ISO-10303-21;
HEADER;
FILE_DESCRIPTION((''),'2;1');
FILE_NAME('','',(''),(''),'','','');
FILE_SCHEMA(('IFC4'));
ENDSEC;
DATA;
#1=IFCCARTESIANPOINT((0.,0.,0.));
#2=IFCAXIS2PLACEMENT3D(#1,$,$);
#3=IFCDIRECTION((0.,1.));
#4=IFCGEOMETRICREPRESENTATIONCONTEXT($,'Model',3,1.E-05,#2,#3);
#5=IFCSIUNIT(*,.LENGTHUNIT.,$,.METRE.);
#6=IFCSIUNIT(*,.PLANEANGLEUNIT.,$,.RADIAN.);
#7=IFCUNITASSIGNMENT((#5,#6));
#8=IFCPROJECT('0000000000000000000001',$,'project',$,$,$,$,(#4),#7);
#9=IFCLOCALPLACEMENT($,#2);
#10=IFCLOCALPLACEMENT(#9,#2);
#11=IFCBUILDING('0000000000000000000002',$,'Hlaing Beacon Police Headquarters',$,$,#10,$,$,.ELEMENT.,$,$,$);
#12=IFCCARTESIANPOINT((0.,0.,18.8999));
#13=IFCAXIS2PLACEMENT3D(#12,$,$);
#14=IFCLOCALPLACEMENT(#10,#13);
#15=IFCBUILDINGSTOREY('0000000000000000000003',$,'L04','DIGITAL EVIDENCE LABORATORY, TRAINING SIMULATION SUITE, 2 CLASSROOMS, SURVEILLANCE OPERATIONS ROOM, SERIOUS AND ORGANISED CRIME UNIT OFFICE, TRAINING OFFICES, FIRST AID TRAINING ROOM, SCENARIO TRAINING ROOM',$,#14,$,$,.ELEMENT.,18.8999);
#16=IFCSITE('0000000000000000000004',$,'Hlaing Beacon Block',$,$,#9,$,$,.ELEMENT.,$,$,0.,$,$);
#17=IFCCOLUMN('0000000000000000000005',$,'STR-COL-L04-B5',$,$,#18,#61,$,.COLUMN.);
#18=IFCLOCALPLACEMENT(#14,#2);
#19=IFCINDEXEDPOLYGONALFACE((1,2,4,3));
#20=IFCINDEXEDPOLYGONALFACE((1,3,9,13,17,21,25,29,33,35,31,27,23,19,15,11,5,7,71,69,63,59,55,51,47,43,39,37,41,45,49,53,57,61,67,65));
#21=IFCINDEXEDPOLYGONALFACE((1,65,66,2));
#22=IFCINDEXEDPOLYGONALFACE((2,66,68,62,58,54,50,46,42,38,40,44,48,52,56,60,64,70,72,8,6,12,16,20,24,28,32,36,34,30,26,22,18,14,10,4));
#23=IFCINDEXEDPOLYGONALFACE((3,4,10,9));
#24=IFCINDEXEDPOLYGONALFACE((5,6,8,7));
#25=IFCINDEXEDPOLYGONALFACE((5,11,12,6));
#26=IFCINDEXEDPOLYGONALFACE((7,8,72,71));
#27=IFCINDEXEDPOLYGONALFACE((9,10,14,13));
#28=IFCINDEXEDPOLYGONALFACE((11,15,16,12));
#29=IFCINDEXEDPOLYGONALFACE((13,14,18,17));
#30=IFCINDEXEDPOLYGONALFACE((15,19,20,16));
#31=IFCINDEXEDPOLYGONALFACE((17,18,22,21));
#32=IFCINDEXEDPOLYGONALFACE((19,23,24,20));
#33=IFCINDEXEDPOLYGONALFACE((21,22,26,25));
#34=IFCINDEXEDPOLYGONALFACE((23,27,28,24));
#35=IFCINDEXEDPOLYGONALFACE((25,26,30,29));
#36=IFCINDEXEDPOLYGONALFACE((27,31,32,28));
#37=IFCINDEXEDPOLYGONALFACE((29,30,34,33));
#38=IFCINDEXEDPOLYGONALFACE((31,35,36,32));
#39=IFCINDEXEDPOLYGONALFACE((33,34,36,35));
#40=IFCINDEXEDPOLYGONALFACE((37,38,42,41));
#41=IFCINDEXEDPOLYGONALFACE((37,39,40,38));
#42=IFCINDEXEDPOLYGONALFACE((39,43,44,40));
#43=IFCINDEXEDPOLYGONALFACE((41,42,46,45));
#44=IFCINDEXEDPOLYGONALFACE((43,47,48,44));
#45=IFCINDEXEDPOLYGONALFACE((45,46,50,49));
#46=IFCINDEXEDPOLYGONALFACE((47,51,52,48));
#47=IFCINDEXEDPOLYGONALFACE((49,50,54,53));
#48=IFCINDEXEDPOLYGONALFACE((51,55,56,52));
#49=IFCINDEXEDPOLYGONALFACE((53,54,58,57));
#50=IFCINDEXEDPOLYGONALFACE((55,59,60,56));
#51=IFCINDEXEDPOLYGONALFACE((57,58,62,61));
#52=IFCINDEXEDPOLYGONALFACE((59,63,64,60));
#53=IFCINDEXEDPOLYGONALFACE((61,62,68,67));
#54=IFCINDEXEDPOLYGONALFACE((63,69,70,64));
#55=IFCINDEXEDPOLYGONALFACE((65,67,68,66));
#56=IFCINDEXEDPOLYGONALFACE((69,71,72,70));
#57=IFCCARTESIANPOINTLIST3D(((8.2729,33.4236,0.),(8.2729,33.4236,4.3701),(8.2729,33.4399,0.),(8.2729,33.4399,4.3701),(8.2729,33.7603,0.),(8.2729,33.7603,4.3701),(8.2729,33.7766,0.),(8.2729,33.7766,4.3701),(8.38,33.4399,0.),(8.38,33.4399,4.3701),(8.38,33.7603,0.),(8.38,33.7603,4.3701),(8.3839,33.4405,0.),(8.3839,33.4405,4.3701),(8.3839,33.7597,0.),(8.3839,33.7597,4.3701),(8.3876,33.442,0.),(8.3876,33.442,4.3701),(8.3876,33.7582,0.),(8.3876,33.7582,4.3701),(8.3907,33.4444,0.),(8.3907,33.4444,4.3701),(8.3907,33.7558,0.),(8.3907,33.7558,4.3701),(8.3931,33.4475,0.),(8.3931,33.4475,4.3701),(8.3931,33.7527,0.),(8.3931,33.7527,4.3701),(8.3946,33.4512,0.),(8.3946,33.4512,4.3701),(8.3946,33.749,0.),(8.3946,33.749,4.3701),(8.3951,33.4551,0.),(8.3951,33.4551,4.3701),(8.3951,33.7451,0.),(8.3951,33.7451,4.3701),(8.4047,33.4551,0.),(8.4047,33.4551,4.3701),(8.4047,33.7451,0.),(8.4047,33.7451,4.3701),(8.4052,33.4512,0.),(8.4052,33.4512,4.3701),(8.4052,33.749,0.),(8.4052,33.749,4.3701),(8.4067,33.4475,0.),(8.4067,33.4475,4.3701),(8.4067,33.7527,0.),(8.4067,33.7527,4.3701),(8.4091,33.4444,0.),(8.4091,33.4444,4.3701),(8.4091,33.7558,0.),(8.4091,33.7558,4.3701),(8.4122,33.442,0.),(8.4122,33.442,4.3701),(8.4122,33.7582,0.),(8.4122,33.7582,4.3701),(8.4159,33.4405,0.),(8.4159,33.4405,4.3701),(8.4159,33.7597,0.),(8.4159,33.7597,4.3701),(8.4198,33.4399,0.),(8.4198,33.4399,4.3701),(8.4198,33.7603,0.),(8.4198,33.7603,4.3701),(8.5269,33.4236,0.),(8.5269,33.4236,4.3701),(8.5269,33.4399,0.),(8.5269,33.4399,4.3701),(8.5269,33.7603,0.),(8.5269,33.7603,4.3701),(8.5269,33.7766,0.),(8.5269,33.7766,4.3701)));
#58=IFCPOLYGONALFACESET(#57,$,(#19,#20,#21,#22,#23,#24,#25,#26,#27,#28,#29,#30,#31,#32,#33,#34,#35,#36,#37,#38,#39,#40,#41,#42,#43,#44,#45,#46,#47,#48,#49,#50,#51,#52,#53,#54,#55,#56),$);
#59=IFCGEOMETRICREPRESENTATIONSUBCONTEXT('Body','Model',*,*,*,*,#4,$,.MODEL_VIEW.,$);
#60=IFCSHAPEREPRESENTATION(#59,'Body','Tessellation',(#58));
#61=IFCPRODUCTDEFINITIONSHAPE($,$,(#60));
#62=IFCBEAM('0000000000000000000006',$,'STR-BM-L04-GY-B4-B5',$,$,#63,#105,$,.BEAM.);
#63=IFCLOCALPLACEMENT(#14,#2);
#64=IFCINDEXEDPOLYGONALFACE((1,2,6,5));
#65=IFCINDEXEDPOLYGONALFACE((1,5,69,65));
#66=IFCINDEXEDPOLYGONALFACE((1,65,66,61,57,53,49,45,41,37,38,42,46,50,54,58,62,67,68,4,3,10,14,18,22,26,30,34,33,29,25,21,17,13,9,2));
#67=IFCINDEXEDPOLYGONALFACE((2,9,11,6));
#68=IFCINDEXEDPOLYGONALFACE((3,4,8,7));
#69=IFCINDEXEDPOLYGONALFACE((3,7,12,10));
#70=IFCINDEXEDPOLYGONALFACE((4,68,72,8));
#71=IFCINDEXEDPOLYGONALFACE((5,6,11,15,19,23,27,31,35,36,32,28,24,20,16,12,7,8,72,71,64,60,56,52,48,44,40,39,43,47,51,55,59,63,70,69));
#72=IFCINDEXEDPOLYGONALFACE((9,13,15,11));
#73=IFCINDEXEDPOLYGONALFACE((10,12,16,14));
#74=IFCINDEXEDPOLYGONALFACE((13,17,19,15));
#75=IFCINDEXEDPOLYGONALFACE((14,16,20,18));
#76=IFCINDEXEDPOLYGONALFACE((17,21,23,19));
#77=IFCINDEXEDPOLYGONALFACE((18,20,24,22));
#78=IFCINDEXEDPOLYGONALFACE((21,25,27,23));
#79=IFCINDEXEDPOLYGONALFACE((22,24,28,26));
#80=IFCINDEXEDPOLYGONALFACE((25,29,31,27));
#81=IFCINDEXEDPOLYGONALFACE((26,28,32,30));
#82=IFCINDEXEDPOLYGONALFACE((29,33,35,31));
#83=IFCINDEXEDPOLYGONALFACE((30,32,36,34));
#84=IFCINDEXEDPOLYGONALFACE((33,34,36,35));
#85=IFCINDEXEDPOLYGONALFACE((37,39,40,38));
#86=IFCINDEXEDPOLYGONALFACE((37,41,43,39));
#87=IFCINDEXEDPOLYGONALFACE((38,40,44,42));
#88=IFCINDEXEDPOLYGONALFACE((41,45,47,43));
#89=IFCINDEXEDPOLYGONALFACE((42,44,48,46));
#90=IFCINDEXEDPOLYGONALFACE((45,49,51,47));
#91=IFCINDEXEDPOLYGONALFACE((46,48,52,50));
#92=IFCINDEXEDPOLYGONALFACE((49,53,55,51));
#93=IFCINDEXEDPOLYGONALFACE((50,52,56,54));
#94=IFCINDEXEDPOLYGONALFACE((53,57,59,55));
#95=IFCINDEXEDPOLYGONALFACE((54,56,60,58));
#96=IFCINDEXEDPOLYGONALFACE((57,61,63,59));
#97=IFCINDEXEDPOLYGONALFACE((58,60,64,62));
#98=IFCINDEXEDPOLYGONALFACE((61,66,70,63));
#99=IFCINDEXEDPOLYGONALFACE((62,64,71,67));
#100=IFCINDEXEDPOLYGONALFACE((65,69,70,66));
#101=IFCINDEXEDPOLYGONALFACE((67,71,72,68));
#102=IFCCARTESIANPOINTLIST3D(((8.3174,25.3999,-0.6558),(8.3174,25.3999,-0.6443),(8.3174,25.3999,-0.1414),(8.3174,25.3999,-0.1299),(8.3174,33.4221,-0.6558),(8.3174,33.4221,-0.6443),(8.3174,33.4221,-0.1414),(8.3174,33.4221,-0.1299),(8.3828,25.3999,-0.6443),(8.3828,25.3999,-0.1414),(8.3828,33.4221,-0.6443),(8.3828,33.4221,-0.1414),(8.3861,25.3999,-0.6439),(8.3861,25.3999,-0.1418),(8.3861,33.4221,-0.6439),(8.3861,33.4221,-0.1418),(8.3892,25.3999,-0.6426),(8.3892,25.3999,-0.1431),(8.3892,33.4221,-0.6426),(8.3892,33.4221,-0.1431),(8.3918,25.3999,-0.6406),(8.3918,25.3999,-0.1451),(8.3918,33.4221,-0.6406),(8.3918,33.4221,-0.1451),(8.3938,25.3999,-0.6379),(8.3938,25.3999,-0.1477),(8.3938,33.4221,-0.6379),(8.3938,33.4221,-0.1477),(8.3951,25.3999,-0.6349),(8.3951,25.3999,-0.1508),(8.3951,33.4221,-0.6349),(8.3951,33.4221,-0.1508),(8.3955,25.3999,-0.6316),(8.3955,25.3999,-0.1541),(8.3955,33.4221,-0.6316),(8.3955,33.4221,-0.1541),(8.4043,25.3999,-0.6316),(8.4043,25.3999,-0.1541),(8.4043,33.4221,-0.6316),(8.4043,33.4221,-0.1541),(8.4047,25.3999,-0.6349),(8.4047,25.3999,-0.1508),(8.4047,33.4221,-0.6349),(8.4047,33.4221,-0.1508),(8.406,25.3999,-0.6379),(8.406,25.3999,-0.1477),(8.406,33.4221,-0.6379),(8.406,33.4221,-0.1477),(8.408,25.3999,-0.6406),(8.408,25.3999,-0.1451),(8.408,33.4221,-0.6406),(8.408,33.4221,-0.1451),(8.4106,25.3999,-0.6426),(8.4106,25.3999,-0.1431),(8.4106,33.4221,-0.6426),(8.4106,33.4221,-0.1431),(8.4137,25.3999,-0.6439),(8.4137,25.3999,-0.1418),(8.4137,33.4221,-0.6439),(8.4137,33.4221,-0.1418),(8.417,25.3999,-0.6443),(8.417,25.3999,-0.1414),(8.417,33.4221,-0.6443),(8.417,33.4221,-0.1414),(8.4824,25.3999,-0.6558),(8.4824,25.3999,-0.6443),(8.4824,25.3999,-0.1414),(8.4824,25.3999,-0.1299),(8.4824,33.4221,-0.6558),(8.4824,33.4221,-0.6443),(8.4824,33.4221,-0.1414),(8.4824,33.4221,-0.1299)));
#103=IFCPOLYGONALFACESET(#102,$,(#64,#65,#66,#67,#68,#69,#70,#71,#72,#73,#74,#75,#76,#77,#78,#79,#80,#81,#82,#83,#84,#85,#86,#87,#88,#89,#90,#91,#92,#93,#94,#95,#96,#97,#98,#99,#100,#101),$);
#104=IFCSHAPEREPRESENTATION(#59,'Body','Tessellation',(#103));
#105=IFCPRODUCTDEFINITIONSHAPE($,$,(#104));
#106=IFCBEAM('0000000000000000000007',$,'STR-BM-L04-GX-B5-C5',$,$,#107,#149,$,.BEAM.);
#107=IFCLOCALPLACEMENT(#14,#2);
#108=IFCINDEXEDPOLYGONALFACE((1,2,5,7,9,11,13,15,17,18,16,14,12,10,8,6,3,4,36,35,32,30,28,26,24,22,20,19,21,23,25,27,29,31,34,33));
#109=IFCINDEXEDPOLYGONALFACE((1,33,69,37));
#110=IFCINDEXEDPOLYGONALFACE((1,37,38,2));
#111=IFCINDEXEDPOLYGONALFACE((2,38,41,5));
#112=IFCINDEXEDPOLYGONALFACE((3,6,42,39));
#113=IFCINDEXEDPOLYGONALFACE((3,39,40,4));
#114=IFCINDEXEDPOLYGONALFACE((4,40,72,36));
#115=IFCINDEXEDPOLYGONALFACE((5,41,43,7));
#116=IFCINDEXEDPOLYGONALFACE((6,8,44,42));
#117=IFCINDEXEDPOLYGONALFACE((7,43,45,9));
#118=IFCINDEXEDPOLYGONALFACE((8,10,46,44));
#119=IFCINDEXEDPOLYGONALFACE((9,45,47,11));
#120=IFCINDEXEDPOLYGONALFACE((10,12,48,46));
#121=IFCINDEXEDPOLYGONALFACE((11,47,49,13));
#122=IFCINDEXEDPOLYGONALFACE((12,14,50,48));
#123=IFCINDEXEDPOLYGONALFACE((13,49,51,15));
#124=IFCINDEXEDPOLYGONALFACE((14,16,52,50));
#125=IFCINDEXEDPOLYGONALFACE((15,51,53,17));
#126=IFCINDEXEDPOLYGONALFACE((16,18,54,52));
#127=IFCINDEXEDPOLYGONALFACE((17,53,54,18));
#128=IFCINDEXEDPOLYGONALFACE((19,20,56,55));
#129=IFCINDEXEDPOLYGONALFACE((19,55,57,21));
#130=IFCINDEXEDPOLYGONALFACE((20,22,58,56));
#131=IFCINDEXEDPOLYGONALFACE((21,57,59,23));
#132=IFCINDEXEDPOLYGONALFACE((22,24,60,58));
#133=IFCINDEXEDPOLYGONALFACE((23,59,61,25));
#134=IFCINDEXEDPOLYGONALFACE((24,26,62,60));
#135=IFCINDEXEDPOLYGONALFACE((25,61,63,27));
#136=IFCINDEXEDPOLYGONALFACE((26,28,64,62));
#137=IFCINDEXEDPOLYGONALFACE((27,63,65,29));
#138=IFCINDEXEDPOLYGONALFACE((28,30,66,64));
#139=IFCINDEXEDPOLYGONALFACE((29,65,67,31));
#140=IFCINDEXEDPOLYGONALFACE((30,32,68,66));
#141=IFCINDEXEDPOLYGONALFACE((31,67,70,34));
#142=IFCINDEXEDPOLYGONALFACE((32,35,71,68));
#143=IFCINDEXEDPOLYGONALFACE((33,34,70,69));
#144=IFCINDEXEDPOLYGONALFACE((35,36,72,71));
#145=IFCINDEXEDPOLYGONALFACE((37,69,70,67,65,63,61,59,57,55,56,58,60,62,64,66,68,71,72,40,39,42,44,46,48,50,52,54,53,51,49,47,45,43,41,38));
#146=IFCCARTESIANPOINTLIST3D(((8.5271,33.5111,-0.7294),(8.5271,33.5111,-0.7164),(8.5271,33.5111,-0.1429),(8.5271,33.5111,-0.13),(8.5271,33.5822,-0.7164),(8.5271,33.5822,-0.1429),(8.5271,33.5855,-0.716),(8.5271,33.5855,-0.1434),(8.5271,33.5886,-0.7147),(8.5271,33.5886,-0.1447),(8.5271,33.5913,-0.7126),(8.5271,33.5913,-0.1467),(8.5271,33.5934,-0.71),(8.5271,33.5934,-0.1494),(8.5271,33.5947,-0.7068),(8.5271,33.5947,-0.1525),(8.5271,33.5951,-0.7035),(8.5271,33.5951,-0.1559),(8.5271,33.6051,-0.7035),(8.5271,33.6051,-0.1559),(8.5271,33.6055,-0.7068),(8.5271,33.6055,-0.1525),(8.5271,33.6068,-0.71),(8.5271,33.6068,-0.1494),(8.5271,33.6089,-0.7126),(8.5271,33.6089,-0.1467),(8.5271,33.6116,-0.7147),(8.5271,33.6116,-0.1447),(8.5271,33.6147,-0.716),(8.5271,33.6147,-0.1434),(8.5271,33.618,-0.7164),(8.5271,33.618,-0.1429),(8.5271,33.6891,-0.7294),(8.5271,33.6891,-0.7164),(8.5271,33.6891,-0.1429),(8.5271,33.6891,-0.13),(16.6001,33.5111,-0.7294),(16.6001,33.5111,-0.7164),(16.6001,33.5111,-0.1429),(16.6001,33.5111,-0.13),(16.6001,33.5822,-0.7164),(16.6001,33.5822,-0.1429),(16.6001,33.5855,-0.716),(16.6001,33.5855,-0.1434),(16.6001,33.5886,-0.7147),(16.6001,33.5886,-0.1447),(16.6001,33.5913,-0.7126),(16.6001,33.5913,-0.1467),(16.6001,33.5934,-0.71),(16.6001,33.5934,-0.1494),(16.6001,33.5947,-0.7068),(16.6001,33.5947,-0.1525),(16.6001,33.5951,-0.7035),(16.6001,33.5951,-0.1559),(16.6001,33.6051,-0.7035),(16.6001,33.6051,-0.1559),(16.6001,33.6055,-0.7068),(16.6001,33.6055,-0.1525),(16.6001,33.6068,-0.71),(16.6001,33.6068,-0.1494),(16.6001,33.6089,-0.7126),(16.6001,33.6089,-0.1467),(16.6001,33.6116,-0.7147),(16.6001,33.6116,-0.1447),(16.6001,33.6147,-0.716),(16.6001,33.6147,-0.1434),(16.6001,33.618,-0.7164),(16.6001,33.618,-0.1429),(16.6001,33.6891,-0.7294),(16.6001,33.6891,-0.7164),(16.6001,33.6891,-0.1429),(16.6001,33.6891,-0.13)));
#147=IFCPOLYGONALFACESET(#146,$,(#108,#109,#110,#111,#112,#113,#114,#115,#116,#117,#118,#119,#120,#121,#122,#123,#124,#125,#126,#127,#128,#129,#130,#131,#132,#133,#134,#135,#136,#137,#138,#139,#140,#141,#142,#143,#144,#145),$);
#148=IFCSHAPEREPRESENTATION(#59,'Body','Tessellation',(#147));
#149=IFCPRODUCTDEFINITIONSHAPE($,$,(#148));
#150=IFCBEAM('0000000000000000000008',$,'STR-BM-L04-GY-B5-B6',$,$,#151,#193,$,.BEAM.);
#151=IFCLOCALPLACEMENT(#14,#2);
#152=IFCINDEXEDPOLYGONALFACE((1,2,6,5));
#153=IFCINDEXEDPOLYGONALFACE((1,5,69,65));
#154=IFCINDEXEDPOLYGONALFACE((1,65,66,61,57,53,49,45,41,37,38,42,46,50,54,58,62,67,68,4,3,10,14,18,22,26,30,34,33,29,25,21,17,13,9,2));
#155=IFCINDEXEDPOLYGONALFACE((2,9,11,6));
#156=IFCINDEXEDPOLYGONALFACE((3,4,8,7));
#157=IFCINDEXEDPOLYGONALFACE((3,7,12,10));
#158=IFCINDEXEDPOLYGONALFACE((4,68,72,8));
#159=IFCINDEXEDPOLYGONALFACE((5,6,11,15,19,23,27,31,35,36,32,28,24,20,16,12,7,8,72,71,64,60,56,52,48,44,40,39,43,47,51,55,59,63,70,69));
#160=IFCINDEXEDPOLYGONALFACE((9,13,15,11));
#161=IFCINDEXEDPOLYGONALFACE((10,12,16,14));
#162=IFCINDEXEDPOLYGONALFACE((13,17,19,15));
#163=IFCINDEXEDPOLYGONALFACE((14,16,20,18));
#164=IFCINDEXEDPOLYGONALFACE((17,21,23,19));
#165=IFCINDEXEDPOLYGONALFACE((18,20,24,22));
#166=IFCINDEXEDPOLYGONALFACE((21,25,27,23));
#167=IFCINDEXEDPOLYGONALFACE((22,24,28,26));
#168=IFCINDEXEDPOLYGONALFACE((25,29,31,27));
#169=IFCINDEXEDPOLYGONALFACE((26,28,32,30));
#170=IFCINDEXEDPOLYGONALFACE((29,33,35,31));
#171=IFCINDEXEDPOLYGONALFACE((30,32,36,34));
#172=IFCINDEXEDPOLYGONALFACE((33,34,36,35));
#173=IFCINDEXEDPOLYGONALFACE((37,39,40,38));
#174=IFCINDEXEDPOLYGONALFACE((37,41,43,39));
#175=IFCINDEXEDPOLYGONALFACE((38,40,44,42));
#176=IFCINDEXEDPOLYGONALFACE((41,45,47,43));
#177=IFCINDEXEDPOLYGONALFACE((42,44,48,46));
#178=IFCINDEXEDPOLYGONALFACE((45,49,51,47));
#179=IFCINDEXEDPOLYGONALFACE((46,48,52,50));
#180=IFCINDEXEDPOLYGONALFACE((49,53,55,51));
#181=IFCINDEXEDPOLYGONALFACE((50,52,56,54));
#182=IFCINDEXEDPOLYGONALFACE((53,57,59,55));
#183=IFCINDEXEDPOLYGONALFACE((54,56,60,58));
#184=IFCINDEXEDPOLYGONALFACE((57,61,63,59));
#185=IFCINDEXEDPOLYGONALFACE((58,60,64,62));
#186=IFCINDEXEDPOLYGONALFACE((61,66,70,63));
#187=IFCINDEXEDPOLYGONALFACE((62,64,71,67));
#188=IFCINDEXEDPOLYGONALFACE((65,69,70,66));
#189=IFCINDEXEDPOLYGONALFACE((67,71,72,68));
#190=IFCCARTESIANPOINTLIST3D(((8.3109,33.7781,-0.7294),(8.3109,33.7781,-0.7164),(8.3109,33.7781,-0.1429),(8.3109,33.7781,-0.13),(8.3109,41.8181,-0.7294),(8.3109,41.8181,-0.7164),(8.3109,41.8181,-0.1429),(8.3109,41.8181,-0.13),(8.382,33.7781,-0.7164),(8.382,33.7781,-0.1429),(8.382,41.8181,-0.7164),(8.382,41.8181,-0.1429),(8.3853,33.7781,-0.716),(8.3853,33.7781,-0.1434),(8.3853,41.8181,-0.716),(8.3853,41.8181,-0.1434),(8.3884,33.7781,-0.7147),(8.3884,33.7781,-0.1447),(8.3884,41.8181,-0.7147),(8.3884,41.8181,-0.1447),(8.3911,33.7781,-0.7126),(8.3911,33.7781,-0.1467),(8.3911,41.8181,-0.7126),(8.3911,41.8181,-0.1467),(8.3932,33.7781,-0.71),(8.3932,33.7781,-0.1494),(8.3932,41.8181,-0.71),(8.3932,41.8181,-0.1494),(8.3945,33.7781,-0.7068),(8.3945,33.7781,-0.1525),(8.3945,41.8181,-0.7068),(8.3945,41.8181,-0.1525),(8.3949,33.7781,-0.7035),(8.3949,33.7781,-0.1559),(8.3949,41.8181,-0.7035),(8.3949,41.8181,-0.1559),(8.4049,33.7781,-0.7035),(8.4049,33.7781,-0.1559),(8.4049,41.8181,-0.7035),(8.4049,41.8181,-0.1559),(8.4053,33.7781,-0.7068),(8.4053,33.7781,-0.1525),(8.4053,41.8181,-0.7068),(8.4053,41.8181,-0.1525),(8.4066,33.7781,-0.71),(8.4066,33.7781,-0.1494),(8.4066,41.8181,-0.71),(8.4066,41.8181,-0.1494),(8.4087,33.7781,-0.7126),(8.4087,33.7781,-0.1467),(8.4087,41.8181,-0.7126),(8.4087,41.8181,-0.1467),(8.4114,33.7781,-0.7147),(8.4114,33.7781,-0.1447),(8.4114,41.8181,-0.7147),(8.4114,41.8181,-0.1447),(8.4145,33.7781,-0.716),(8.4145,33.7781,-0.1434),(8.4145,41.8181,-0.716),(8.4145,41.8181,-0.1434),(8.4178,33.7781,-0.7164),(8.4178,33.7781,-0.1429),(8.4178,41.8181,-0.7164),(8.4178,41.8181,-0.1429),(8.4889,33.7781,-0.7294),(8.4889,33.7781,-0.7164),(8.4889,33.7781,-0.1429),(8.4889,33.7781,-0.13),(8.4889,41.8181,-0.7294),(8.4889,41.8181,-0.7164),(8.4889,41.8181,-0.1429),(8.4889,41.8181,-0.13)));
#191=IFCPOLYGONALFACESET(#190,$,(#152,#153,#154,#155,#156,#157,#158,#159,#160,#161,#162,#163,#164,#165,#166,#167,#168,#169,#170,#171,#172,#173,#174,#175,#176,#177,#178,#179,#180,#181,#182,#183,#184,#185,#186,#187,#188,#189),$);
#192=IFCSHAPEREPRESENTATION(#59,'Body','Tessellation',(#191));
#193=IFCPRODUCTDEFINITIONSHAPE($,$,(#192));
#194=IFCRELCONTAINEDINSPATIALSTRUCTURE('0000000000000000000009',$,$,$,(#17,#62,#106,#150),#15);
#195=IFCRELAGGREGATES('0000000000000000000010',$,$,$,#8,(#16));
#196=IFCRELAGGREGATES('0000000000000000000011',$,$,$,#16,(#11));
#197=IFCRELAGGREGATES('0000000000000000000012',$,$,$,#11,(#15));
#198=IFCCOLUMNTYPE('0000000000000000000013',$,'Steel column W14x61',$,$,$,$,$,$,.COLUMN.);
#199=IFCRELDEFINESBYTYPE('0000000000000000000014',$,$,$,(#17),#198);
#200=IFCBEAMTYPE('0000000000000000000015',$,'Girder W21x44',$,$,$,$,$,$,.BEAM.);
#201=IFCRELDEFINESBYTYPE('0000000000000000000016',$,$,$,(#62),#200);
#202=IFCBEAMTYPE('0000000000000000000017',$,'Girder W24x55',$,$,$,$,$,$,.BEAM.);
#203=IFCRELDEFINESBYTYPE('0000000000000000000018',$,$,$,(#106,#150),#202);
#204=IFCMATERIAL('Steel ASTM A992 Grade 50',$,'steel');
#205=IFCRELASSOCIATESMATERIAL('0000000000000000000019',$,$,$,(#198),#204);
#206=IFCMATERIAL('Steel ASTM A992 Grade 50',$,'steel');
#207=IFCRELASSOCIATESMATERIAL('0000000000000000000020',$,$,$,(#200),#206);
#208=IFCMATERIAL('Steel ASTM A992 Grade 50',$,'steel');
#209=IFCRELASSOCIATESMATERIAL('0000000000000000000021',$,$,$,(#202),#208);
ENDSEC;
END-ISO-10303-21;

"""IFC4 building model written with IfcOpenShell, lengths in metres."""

from ifc_helpers import new_model, si_unit, direction, frame, origin, origin_2d, place, context, subcontext, project, spatial, i_section, extrude, material, material_profile, profile_set, type_object, element, save


model = new_model("IFC4")

# Units and contexts
model_context = context("Model", 3, precision=1e-05, world=origin(), true_north=direction((0.0, 1.0)))
body_context = subcontext(model_context, "Body", "Model", "MODEL_VIEW")
ifc_project = project(units=[si_unit("LENGTHUNIT", "METRE"), si_unit("PLANEANGLEUNIT", "RADIAN")], contexts=[model_context])

# Site, building, storey
site_placement = place(None, origin())
site = spatial("IfcSite", under=ifc_project, at=site_placement, Name="Hlaing Beacon Block", CompositionType="ELEMENT", RefElevation=0.0)
building_placement = place(site_placement, origin())
building = spatial("IfcBuilding", under=site, at=building_placement, Name="Hlaing Beacon Police Headquarters", CompositionType="ELEMENT")
storey_placement = place(building_placement, frame((0.0, 0.0, 18.8999)))
storey = spatial("IfcBuildingStorey", under=building, at=storey_placement, Name="L04", Description="DIGITAL EVIDENCE LABORATORY, TRAINING SIMULATION SUITE, 2 CLASSROOMS, SURVEILLANCE OPERATIONS ROOM, SERIOUS AND ORGANISED CRIME UNIT OFFICE, TRAINING OFFICES, FIRST AID TRAINING ROOM, SCENARIO TRAINING ROOM", CompositionType="ELEMENT", Elevation=18.8999)

# Column
ifc_material_1 = material(Name="Steel ASTM A992 Grade 50", Category="steel")
ifc_material_profile_1 = material_profile(ifc_material_1, i_section(OverallWidth=0.2539, OverallDepth=0.353, WebThickness=0.0095, FlangeThickness=0.0164, FilletRadius=0.0151, at=origin_2d()), Name="W14x61")
ifc_profile_set_1 = profile_set([ifc_material_profile_1], Name="Steel ASTM A992 Grade 50")
column_type = type_object("IfcColumnType", Name="Steel column W14x61", PredefinedType="COLUMN", material=ifc_profile_set_1)
column_placement = place(storey_placement, frame((8.3999, 33.6001, 0.0), z_axis=(0.0, 0.0, 1.0), x_axis=(1.0, 0.0, 0.0)))
element("IfcColumn", 1, at=column_placement, inside=storey, type_object=column_type, Name="STR-COL-L04-B5", PredefinedType="COLUMN", context=body_context, shape_type="SweptSolid", body=[
    extrude(i_section(OverallWidth=0.2539, OverallDepth=0.353, WebThickness=0.0095, FlangeThickness=0.0164, FilletRadius=0.0151, at=origin_2d()), origin(), (0.0, 0.0, 1.0), 4.3701),
])

# Beams
ifc_material_2 = material(Name="Steel ASTM A992 Grade 50", Category="steel")
ifc_material_profile_2 = material_profile(ifc_material_2, i_section(OverallWidth=0.165, OverallDepth=0.5259, WebThickness=0.0088, FlangeThickness=0.0115, FilletRadius=0.0127, at=origin_2d()), Name="W21x44")
ifc_profile_set_2 = profile_set([ifc_material_profile_2], Name="Steel ASTM A992 Grade 50")
beam_type_1 = type_object("IfcBeamType", Name="Girder W21x44", PredefinedType="BEAM", material=ifc_profile_set_2)
beam_1_placement = place(storey_placement, frame((8.3999, 25.3999, -0.3928), z_axis=(0.0, 1.0, 0.0), x_axis=(-1.0, 0.0, 0.0)))
element("IfcBeam", 2, at=beam_1_placement, inside=storey, type_object=beam_type_1, Name="STR-BM-L04-GY-B4-B5", PredefinedType="BEAM", context=body_context, shape_type="SweptSolid", body=[
    extrude(i_section(OverallWidth=0.165, OverallDepth=0.5259, WebThickness=0.0088, FlangeThickness=0.0115, FilletRadius=0.0127, at=origin_2d()), origin(), (0.0, 0.0, 1.0), 8.0222),
])
ifc_material_3 = material(Name="Steel ASTM A992 Grade 50", Category="steel")
ifc_material_profile_3 = material_profile(ifc_material_3, i_section(OverallWidth=0.178, OverallDepth=0.5994, WebThickness=0.01, FlangeThickness=0.0129, FilletRadius=0.0129, at=origin_2d()), Name="W24x55")
ifc_profile_set_3 = profile_set([ifc_material_profile_3], Name="Steel ASTM A992 Grade 50")
beam_type_2 = type_object("IfcBeamType", Name="Girder W24x55", PredefinedType="BEAM", material=ifc_profile_set_3)
beam_2_placement = place(storey_placement, frame((8.5271, 33.6001, -0.4297), z_axis=(1.0, 0.0, 0.0), x_axis=(0.0, 1.0, 0.0)))
element("IfcBeam", 3, at=beam_2_placement, inside=storey, type_object=beam_type_2, Name="STR-BM-L04-GX-B5-C5", PredefinedType="BEAM", context=body_context, shape_type="SweptSolid", body=[
    extrude(i_section(OverallWidth=0.178, OverallDepth=0.5994, WebThickness=0.01, FlangeThickness=0.0129, FilletRadius=0.0129, at=origin_2d()), origin(), (0.0, 0.0, 1.0), 8.073),
])
beam_3_placement = place(storey_placement, frame((8.3999, 33.7781, -0.4297), z_axis=(0.0, 1.0, 0.0), x_axis=(-1.0, 0.0, 0.0)))
element("IfcBeam", 4, at=beam_3_placement, inside=storey, type_object=beam_type_2, Name="STR-BM-L04-GY-B5-B6", PredefinedType="BEAM", context=body_context, shape_type="SweptSolid", body=[
    extrude(i_section(OverallWidth=0.178, OverallDepth=0.5994, WebThickness=0.01, FlangeThickness=0.0129, FilletRadius=0.0129, at=origin_2d()), origin(), (0.0, 0.0, 1.0), 8.04),
])

save(model, "model.ifc")
